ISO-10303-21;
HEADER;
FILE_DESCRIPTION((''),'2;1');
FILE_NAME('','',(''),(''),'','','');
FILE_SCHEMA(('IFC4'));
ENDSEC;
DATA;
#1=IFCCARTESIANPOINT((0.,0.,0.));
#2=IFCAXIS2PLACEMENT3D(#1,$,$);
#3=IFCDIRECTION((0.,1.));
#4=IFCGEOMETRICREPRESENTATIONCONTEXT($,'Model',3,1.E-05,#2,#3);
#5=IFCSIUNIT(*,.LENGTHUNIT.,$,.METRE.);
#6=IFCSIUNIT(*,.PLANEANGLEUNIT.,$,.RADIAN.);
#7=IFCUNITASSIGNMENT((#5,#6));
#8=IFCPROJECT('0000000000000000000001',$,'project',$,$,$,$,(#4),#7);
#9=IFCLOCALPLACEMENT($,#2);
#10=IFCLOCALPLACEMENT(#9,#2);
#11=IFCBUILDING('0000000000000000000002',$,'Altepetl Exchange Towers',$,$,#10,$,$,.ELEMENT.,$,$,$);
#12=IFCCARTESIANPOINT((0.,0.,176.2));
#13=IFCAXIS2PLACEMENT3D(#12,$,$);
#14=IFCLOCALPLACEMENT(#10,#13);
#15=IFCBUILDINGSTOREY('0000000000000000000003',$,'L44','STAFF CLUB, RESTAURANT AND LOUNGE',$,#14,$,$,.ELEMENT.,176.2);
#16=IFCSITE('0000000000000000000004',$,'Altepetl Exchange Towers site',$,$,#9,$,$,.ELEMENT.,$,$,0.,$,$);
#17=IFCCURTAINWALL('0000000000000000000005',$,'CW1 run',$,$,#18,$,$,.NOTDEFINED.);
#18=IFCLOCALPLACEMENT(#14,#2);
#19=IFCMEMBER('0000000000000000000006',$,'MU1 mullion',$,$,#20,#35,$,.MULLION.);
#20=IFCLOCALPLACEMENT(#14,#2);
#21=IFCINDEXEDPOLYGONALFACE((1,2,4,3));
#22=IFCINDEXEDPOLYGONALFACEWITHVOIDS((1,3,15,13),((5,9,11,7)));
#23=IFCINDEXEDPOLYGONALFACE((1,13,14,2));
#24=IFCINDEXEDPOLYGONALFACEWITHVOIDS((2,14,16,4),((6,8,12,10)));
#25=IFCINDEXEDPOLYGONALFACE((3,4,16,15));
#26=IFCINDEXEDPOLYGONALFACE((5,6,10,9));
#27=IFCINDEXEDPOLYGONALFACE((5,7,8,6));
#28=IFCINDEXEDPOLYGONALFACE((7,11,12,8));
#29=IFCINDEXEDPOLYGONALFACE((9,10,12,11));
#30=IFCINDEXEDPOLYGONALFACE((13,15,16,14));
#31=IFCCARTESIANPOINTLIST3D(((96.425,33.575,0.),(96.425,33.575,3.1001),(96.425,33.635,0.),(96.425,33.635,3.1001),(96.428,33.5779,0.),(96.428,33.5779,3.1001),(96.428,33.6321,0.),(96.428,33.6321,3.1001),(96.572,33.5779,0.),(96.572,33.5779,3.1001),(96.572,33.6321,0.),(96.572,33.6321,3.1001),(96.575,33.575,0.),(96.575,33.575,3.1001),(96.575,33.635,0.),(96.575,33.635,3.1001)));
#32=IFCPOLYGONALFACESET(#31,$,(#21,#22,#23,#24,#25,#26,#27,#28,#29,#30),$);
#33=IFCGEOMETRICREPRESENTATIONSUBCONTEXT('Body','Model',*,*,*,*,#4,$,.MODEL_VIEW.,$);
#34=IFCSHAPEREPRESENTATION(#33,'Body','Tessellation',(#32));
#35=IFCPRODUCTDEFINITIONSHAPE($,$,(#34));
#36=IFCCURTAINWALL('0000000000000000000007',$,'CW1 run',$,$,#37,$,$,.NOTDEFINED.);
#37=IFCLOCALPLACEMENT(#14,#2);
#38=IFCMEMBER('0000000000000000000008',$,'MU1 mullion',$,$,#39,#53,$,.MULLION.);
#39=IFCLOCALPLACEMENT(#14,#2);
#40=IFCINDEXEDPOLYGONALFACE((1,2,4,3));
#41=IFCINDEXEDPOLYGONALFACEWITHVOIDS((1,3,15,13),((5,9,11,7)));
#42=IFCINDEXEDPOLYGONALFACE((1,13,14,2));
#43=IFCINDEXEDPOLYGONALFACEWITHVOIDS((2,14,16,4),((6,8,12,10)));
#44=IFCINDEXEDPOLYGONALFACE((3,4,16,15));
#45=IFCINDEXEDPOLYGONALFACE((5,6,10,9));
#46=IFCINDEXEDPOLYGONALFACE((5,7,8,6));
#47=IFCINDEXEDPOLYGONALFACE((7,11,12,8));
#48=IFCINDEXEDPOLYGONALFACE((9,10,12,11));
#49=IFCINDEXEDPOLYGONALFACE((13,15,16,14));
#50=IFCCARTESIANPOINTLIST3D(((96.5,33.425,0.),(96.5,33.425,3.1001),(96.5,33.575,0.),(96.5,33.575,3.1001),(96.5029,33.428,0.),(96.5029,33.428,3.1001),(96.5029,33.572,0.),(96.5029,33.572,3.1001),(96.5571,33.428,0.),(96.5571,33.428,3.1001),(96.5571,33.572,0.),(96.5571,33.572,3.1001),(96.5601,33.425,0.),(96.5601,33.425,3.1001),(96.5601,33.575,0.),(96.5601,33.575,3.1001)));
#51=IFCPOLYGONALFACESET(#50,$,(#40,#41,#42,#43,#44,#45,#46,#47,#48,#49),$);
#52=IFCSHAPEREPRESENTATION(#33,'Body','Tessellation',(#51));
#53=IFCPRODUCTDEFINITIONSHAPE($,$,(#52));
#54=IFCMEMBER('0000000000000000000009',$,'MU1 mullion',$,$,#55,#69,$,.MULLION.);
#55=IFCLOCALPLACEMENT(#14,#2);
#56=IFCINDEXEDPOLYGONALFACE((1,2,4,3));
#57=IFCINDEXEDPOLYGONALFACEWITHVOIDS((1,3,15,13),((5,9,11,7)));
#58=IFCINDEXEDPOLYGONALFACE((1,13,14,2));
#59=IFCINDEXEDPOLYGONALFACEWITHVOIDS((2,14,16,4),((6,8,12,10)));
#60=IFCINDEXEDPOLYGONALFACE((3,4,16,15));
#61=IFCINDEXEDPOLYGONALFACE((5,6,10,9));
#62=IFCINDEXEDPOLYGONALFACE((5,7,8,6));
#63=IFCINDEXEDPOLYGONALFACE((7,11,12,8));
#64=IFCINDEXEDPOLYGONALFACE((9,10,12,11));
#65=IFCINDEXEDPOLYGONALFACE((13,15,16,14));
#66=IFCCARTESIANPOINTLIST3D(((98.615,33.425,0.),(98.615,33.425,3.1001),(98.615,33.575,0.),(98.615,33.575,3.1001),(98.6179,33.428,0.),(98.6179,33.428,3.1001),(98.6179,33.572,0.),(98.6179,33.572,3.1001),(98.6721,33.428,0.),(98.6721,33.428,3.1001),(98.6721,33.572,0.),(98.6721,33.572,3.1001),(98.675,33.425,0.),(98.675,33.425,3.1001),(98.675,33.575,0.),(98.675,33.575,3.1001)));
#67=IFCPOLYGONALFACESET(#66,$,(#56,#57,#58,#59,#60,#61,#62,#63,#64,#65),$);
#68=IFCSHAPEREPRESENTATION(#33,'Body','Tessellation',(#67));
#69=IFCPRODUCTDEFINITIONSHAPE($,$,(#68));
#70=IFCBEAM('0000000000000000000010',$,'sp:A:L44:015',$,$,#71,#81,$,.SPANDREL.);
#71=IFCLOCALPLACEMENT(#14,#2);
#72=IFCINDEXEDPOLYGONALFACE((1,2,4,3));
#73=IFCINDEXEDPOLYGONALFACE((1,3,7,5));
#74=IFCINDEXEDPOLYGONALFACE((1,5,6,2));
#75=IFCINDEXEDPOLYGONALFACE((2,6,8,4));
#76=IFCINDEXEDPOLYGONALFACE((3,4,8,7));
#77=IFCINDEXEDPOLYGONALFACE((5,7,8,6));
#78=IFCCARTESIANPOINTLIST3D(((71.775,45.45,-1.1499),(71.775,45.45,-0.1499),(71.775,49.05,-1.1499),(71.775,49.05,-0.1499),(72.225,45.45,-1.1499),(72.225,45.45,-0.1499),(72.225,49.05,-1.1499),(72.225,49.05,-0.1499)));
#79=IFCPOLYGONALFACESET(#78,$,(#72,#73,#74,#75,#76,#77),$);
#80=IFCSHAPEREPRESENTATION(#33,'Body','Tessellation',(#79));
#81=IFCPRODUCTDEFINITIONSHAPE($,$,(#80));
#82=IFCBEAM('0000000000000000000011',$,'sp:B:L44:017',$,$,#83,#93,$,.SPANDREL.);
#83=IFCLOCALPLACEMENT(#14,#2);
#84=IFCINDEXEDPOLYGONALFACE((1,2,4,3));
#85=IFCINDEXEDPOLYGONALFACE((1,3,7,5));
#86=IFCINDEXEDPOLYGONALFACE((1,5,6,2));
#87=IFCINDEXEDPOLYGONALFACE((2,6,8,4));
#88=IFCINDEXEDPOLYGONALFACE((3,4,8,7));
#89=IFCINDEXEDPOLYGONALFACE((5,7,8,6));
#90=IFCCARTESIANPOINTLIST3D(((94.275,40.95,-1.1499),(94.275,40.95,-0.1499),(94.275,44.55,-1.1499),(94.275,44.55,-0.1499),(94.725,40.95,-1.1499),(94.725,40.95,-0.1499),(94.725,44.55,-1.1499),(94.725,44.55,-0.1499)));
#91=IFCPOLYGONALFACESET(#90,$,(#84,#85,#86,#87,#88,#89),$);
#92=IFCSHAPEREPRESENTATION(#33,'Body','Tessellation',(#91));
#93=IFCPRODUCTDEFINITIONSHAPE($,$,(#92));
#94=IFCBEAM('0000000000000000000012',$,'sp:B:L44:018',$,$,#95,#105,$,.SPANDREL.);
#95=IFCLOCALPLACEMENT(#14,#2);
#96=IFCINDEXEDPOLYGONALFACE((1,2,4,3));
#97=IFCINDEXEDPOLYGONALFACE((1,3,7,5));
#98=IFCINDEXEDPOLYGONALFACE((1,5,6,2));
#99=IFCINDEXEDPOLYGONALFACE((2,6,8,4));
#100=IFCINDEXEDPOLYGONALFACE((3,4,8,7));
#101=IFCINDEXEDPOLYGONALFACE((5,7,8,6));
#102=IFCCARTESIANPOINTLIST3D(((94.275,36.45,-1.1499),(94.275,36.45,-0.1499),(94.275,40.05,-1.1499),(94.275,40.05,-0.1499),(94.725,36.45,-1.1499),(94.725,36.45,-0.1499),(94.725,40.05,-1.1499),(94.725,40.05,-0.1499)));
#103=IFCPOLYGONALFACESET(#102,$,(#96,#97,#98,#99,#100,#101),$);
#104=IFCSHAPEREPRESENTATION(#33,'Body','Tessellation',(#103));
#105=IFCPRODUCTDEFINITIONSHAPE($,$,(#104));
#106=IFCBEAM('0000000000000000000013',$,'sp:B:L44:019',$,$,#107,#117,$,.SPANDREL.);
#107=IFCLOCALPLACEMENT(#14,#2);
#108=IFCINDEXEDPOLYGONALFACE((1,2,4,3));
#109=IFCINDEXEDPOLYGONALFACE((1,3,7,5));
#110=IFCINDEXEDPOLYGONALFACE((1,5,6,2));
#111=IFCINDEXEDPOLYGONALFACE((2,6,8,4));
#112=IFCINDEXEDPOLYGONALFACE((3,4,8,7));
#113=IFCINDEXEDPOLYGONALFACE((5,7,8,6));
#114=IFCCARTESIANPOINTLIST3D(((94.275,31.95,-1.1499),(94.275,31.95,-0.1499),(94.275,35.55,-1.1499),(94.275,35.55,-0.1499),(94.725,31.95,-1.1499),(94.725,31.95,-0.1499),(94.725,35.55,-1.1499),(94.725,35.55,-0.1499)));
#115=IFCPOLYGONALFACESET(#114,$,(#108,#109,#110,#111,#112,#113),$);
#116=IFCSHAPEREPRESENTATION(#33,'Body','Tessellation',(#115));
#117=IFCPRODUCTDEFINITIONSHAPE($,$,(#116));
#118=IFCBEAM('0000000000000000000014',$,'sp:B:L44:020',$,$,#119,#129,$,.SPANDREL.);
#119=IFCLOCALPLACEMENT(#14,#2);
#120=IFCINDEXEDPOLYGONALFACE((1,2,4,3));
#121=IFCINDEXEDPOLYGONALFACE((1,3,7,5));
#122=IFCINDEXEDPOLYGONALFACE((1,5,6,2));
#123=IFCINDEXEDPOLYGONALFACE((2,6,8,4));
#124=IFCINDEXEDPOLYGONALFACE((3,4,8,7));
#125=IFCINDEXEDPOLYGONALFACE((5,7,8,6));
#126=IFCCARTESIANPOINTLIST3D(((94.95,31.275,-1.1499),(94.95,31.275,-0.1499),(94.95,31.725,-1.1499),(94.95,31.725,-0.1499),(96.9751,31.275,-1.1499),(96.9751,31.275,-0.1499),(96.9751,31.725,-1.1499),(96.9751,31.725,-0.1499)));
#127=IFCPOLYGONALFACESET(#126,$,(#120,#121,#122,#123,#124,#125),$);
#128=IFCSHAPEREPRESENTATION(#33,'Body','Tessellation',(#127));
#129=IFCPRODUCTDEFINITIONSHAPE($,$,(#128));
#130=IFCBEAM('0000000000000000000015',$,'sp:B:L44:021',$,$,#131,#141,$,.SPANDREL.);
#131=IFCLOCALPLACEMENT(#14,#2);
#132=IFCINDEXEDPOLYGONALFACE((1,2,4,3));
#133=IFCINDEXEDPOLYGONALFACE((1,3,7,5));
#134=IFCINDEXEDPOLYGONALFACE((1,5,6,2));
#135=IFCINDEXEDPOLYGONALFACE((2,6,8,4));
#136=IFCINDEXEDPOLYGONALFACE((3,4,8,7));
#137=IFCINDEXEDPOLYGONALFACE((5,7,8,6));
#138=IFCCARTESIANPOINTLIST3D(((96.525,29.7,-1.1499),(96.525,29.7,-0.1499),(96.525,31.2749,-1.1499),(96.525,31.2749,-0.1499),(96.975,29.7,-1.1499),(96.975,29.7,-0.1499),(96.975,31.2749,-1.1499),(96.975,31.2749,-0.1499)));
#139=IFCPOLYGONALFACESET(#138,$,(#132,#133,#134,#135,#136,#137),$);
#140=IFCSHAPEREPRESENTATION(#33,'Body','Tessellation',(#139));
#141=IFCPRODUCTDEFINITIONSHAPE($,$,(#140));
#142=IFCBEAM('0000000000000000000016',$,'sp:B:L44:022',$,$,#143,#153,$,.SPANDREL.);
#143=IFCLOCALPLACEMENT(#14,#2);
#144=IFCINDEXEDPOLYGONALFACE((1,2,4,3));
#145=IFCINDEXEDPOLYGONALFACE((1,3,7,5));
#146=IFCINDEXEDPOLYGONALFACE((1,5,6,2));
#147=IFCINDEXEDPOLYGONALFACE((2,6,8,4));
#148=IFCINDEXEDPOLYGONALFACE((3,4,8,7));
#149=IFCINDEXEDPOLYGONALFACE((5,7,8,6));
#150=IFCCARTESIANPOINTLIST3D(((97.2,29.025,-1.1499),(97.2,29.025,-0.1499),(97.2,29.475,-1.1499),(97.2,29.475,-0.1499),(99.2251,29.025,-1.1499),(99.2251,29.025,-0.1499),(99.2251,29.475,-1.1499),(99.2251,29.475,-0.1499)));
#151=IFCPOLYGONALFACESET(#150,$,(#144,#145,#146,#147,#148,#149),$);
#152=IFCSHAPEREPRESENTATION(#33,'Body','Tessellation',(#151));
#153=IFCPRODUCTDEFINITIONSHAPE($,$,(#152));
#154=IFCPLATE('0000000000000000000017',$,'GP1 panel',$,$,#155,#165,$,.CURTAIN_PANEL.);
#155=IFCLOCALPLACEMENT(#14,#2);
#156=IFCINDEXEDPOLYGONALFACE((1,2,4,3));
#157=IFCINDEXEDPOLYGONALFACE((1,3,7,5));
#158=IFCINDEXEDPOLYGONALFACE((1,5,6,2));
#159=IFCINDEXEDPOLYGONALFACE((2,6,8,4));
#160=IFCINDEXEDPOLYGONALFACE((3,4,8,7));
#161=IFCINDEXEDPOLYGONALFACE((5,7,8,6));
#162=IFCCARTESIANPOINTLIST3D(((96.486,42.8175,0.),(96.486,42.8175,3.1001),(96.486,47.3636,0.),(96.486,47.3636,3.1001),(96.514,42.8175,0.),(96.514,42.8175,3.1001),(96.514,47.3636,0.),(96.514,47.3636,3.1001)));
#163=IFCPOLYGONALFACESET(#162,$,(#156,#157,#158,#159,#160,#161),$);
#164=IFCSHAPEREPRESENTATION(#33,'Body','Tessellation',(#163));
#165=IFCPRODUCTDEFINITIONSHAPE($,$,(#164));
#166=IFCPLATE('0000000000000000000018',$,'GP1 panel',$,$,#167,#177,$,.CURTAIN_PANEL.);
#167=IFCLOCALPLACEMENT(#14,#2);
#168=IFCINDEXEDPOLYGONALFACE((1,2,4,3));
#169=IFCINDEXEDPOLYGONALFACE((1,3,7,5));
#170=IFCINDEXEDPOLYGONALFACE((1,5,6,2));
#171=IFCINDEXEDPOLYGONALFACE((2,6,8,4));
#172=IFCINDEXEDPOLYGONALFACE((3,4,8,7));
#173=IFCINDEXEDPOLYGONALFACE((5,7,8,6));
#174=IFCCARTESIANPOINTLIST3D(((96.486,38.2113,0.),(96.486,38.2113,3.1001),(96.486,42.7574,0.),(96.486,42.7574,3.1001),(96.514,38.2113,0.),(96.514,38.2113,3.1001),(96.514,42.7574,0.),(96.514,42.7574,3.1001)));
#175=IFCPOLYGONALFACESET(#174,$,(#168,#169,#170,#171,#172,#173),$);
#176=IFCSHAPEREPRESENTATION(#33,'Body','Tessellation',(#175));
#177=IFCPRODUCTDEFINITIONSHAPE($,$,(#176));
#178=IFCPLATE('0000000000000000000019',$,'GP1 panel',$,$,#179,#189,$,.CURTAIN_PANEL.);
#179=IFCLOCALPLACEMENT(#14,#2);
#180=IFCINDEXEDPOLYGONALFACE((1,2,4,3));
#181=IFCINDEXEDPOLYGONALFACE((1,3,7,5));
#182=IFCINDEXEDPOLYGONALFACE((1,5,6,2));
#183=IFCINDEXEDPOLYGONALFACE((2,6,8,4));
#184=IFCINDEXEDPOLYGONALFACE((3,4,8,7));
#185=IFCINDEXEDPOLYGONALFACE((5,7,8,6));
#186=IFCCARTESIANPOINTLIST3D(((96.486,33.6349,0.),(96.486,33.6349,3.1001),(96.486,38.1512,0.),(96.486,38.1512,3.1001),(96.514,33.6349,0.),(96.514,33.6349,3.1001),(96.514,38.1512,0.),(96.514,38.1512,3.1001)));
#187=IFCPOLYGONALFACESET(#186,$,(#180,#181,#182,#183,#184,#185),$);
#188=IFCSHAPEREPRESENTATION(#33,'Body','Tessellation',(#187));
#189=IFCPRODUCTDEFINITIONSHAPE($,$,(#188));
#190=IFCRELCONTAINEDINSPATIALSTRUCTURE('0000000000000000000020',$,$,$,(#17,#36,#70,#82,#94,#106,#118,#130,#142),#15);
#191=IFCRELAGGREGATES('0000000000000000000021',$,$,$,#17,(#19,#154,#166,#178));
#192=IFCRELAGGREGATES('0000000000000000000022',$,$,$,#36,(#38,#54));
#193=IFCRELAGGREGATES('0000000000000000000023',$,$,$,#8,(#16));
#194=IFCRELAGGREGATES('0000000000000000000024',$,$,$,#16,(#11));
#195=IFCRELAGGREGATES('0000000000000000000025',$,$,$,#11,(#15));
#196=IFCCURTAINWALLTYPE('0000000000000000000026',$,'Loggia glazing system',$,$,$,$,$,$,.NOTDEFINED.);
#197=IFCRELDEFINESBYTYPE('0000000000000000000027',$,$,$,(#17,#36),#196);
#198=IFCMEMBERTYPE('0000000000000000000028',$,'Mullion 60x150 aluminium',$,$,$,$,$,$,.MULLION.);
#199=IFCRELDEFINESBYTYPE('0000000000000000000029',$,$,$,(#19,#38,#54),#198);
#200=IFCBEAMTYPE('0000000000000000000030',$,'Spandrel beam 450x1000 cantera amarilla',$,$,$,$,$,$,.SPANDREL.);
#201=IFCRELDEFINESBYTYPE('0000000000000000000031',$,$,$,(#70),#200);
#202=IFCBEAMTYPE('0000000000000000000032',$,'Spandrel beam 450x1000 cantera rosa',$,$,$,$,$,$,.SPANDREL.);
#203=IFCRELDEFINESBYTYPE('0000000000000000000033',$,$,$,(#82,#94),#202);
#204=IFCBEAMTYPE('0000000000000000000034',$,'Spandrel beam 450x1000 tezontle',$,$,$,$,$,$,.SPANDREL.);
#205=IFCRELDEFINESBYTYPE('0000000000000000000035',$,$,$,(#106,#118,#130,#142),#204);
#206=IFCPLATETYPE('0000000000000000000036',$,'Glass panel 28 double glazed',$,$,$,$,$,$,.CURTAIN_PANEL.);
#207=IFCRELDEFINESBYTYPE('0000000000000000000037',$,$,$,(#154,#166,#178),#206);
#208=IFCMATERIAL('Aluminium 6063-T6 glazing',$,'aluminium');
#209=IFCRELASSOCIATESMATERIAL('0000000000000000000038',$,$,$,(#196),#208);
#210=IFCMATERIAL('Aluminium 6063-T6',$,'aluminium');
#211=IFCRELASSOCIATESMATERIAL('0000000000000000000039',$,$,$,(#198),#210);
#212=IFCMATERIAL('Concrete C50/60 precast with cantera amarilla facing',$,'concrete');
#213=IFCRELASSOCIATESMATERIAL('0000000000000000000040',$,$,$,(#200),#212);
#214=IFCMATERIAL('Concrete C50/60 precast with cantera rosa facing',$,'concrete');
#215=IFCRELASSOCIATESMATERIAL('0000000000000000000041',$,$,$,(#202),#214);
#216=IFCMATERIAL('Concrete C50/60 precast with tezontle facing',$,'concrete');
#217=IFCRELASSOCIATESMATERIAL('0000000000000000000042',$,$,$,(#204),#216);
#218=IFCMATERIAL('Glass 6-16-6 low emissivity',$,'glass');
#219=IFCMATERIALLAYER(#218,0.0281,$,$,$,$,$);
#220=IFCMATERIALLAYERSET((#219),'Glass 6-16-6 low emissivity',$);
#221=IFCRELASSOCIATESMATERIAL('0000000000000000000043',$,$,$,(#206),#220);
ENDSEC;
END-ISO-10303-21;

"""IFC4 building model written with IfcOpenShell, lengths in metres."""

from ifc_helpers import new_model, si_unit, direction, frame, origin, origin_2d, place, context, subcontext, project, spatial, rectangle, hollow_rectangle, extrude, material, layer, layer_set, material_profile, profile_set, type_object, element, aggregate, save


model = new_model("IFC4")

# Units and contexts
model_context = context("Model", 3, precision=1e-05, world=origin(), true_north=direction((0.0, 1.0)))
body_context = subcontext(model_context, "Body", "Model", "MODEL_VIEW")
ifc_project = project(units=[si_unit("LENGTHUNIT", "METRE"), si_unit("PLANEANGLEUNIT", "RADIAN")], contexts=[model_context])

# Site, building, storey
site_placement = place(None, origin())
site = spatial("IfcSite", under=ifc_project, at=site_placement, Name="Altepetl Exchange Towers site", CompositionType="ELEMENT", RefElevation=0.0)
building_placement = place(site_placement, origin())
building = spatial("IfcBuilding", under=site, at=building_placement, Name="Altepetl Exchange Towers", CompositionType="ELEMENT")
storey_placement = place(building_placement, frame((0.0, 0.0, 176.2)))
storey = spatial("IfcBuildingStorey", under=building, at=storey_placement, Name="L44", Description="STAFF CLUB, RESTAURANT AND LOUNGE", CompositionType="ELEMENT", Elevation=176.2)

# Curtain walls, members
ifc_material_1 = material(Name="Aluminium 6063-T6 glazing", Category="aluminium")
curtain_wall_type = type_object("IfcCurtainWallType", Name="Loggia glazing system", PredefinedType="NOTDEFINED", material=ifc_material_1)
curtain_wall_1_placement = place(storey_placement, origin())
curtain_wall_1 = element("IfcCurtainWall", 1, at=curtain_wall_1_placement, inside=storey, type_object=curtain_wall_type, Name="CW1 run", PredefinedType="NOTDEFINED")
ifc_material_2 = material(Name="Aluminium 6063-T6", Category="aluminium")
ifc_material_profile_1 = material_profile(ifc_material_2, hollow_rectangle(XDim=0.0601, YDim=0.1499, WallThickness=0.0029, at=origin_2d()), Name="Mullion 60x150 aluminium")
ifc_profile_set_1 = profile_set([ifc_material_profile_1], Name="Aluminium 6063-T6")
member_type = type_object("IfcMemberType", Name="Mullion 60x150 aluminium", PredefinedType="MULLION", material=ifc_profile_set_1)
member_1_placement = place(storey_placement, frame((96.5, 33.605, 0.0), z_axis=(0.0, 0.0, 1.0), x_axis=(0.0, -1.0, 0.0)))
member_1 = element("IfcMember", 2, at=member_1_placement, type_object=member_type, Name="MU1 mullion", PredefinedType="MULLION", context=body_context, shape_type="SweptSolid", body=[
    extrude(hollow_rectangle(XDim=0.0601, YDim=0.1499, WallThickness=0.0029, at=origin_2d()), origin(), (0.0, 0.0, 1.0), 3.1001),
])
curtain_wall_2_placement = place(storey_placement, origin())
curtain_wall_2 = element("IfcCurtainWall", 3, at=curtain_wall_2_placement, inside=storey, type_object=curtain_wall_type, Name="CW1 run", PredefinedType="NOTDEFINED")
member_2_placement = place(storey_placement, frame((96.53, 33.5, 0.0)))
member_2 = element("IfcMember", 4, at=member_2_placement, type_object=member_type, Name="MU1 mullion", PredefinedType="MULLION", context=body_context, shape_type="SweptSolid", body=[
    extrude(hollow_rectangle(XDim=0.0601, YDim=0.1499, WallThickness=0.0029, at=origin_2d()), origin(), (0.0, 0.0, 1.0), 3.1001),
])
member_3_placement = place(storey_placement, frame((98.645, 33.5, 0.0)))
member_3 = element("IfcMember", 5, at=member_3_placement, type_object=member_type, Name="MU1 mullion", PredefinedType="MULLION", context=body_context, shape_type="SweptSolid", body=[
    extrude(hollow_rectangle(XDim=0.0601, YDim=0.1499, WallThickness=0.0029, at=origin_2d()), origin(), (0.0, 0.0, 1.0), 3.1001),
])

# Beams
ifc_material_3 = material(Name="Concrete C50/60 precast with cantera amarilla facing", Category="concrete")
ifc_material_profile_2 = material_profile(ifc_material_3, rectangle(XDim=0.45, YDim=1.0, at=origin_2d()), Name="450 x 1000")
ifc_profile_set_2 = profile_set([ifc_material_profile_2], Name="Concrete C50/60 precast with cantera amarilla facing")
beam_type_1 = type_object("IfcBeamType", Name="Spandrel beam 450x1000 cantera amarilla", PredefinedType="SPANDREL", material=ifc_profile_set_2)
beam_1_placement = place(storey_placement, frame((72.0, 45.45, -0.6499), z_axis=(0.0, 1.0, 0.0), x_axis=(-1.0, 0.0, 0.0)))
element("IfcBeam", 6, at=beam_1_placement, inside=storey, type_object=beam_type_1, Name="sp:A:L44:015", PredefinedType="SPANDREL", context=body_context, shape_type="SweptSolid", body=[
    extrude(rectangle(XDim=0.45, YDim=1.0, at=origin_2d()), origin(), (0.0, 0.0, 1.0), 3.6001),
])
ifc_material_4 = material(Name="Concrete C50/60 precast with cantera rosa facing", Category="concrete")
ifc_material_profile_3 = material_profile(ifc_material_4, rectangle(XDim=0.45, YDim=1.0, at=origin_2d()), Name="450 x 1000")
ifc_profile_set_3 = profile_set([ifc_material_profile_3], Name="Concrete C50/60 precast with cantera rosa facing")
beam_type_2 = type_object("IfcBeamType", Name="Spandrel beam 450x1000 cantera rosa", PredefinedType="SPANDREL", material=ifc_profile_set_3)
for number, where, z_axis, x_axis, name in (
    (7, (94.5, 44.55, -0.6499), (0.0, -1.0, 0.0), (1.0, 0.0, 0.0), "sp:B:L44:017"),
    (8, (94.5, 40.05, -0.6499), (0.0, -1.0, 0.0), (1.0, 0.0, 0.0), "sp:B:L44:018"),
):
    element("IfcBeam", number, at=place(storey_placement, frame(where, z_axis=z_axis, x_axis=x_axis)), inside=storey, type_object=beam_type_2, Name=name, PredefinedType="SPANDREL", context=body_context, shape_type="SweptSolid", body=[
        extrude(rectangle(XDim=0.45, YDim=1.0, at=origin_2d()), origin(), (0.0, 0.0, 1.0), 3.6001),
    ])
ifc_material_5 = material(Name="Concrete C50/60 precast with tezontle facing", Category="concrete")
ifc_material_profile_4 = material_profile(ifc_material_5, rectangle(XDim=0.45, YDim=1.0, at=origin_2d()), Name="450 x 1000")
ifc_profile_set_4 = profile_set([ifc_material_profile_4], Name="Concrete C50/60 precast with tezontle facing")
beam_type_3 = type_object("IfcBeamType", Name="Spandrel beam 450x1000 tezontle", PredefinedType="SPANDREL", material=ifc_profile_set_4)
beam_2_placement = place(storey_placement, frame((94.5, 35.55, -0.6499), z_axis=(0.0, -1.0, 0.0), x_axis=(1.0, 0.0, 0.0)))
element("IfcBeam", 9, at=beam_2_placement, inside=storey, type_object=beam_type_3, Name="sp:B:L44:019", PredefinedType="SPANDREL", context=body_context, shape_type="SweptSolid", body=[
    extrude(rectangle(XDim=0.45, YDim=1.0, at=origin_2d()), origin(), (0.0, 0.0, 1.0), 3.6001),
])
beam_3_placement = place(storey_placement, frame((94.95, 31.5, -0.6499), z_axis=(1.0, 0.0, 0.0), x_axis=(0.0, 1.0, 0.0)))
element("IfcBeam", 10, at=beam_3_placement, inside=storey, type_object=beam_type_3, Name="sp:B:L44:020", PredefinedType="SPANDREL", context=body_context, shape_type="SweptSolid", body=[
    extrude(rectangle(XDim=0.45, YDim=1.0, at=origin_2d()), origin(), (0.0, 0.0, 1.0), 2.0251),
])
beam_4_placement = place(storey_placement, frame((96.75, 31.2749, -0.6499), z_axis=(0.0, -1.0, 0.0), x_axis=(1.0, 0.0, 0.0)))
element("IfcBeam", 11, at=beam_4_placement, inside=storey, type_object=beam_type_3, Name="sp:B:L44:021", PredefinedType="SPANDREL", context=body_context, shape_type="SweptSolid", body=[
    extrude(rectangle(XDim=0.45, YDim=1.0, at=origin_2d()), origin(), (0.0, 0.0, 1.0), 1.575),
])
beam_5_placement = place(storey_placement, frame((97.2, 29.25, -0.6499), z_axis=(1.0, 0.0, 0.0), x_axis=(0.0, 1.0, 0.0)))
element("IfcBeam", 12, at=beam_5_placement, inside=storey, type_object=beam_type_3, Name="sp:B:L44:022", PredefinedType="SPANDREL", context=body_context, shape_type="SweptSolid", body=[
    extrude(rectangle(XDim=0.45, YDim=1.0, at=origin_2d()), origin(), (0.0, 0.0, 1.0), 2.0251),
])

# Plates
ifc_material_6 = material(Name="Glass 6-16-6 low emissivity", Category="glass")
ifc_layer_1 = layer(ifc_material_6, 0.0281)
ifc_layer_set_1 = layer_set([ifc_layer_1], Name="Glass 6-16-6 low emissivity")
plate_type = type_object("IfcPlateType", Name="Glass panel 28 double glazed", PredefinedType="CURTAIN_PANEL", material=ifc_layer_set_1)
plate_1_placement = place(storey_placement, frame((96.5, 45.0906, 0.0), z_axis=(0.0, 0.0, 1.0), x_axis=(0.0, -1.0, 0.0)))
plate_1 = element("IfcPlate", 13, at=plate_1_placement, type_object=plate_type, Name="GP1 panel", PredefinedType="CURTAIN_PANEL", context=body_context, shape_type="SweptSolid", body=[
    extrude(rectangle(XDim=4.5461, YDim=0.0281, at=origin_2d()), origin(), (0.0, 0.0, 1.0), 3.1001),
])
plate_2_placement = place(storey_placement, frame((96.5, 40.4844, 0.0), z_axis=(0.0, 0.0, 1.0), x_axis=(0.0, -1.0, 0.0)))
plate_2 = element("IfcPlate", 14, at=plate_2_placement, type_object=plate_type, Name="GP1 panel", PredefinedType="CURTAIN_PANEL", context=body_context, shape_type="SweptSolid", body=[
    extrude(rectangle(XDim=4.5461, YDim=0.0281, at=origin_2d()), origin(), (0.0, 0.0, 1.0), 3.1001),
])
plate_3_placement = place(storey_placement, frame((96.5, 35.8931, 0.0), z_axis=(0.0, 0.0, 1.0), x_axis=(0.0, -1.0, 0.0)))
plate_3 = element("IfcPlate", 15, at=plate_3_placement, type_object=plate_type, Name="GP1 panel", PredefinedType="CURTAIN_PANEL", context=body_context, shape_type="SweptSolid", body=[
    extrude(rectangle(XDim=4.5164, YDim=0.0281, at=origin_2d()), origin(), (0.0, 0.0, 1.0), 3.1001),
])
aggregate(curtain_wall_1, [member_1, plate_1, plate_2, plate_3])
aggregate(curtain_wall_2, [member_2, member_3])

save(model, "model.ifc")
